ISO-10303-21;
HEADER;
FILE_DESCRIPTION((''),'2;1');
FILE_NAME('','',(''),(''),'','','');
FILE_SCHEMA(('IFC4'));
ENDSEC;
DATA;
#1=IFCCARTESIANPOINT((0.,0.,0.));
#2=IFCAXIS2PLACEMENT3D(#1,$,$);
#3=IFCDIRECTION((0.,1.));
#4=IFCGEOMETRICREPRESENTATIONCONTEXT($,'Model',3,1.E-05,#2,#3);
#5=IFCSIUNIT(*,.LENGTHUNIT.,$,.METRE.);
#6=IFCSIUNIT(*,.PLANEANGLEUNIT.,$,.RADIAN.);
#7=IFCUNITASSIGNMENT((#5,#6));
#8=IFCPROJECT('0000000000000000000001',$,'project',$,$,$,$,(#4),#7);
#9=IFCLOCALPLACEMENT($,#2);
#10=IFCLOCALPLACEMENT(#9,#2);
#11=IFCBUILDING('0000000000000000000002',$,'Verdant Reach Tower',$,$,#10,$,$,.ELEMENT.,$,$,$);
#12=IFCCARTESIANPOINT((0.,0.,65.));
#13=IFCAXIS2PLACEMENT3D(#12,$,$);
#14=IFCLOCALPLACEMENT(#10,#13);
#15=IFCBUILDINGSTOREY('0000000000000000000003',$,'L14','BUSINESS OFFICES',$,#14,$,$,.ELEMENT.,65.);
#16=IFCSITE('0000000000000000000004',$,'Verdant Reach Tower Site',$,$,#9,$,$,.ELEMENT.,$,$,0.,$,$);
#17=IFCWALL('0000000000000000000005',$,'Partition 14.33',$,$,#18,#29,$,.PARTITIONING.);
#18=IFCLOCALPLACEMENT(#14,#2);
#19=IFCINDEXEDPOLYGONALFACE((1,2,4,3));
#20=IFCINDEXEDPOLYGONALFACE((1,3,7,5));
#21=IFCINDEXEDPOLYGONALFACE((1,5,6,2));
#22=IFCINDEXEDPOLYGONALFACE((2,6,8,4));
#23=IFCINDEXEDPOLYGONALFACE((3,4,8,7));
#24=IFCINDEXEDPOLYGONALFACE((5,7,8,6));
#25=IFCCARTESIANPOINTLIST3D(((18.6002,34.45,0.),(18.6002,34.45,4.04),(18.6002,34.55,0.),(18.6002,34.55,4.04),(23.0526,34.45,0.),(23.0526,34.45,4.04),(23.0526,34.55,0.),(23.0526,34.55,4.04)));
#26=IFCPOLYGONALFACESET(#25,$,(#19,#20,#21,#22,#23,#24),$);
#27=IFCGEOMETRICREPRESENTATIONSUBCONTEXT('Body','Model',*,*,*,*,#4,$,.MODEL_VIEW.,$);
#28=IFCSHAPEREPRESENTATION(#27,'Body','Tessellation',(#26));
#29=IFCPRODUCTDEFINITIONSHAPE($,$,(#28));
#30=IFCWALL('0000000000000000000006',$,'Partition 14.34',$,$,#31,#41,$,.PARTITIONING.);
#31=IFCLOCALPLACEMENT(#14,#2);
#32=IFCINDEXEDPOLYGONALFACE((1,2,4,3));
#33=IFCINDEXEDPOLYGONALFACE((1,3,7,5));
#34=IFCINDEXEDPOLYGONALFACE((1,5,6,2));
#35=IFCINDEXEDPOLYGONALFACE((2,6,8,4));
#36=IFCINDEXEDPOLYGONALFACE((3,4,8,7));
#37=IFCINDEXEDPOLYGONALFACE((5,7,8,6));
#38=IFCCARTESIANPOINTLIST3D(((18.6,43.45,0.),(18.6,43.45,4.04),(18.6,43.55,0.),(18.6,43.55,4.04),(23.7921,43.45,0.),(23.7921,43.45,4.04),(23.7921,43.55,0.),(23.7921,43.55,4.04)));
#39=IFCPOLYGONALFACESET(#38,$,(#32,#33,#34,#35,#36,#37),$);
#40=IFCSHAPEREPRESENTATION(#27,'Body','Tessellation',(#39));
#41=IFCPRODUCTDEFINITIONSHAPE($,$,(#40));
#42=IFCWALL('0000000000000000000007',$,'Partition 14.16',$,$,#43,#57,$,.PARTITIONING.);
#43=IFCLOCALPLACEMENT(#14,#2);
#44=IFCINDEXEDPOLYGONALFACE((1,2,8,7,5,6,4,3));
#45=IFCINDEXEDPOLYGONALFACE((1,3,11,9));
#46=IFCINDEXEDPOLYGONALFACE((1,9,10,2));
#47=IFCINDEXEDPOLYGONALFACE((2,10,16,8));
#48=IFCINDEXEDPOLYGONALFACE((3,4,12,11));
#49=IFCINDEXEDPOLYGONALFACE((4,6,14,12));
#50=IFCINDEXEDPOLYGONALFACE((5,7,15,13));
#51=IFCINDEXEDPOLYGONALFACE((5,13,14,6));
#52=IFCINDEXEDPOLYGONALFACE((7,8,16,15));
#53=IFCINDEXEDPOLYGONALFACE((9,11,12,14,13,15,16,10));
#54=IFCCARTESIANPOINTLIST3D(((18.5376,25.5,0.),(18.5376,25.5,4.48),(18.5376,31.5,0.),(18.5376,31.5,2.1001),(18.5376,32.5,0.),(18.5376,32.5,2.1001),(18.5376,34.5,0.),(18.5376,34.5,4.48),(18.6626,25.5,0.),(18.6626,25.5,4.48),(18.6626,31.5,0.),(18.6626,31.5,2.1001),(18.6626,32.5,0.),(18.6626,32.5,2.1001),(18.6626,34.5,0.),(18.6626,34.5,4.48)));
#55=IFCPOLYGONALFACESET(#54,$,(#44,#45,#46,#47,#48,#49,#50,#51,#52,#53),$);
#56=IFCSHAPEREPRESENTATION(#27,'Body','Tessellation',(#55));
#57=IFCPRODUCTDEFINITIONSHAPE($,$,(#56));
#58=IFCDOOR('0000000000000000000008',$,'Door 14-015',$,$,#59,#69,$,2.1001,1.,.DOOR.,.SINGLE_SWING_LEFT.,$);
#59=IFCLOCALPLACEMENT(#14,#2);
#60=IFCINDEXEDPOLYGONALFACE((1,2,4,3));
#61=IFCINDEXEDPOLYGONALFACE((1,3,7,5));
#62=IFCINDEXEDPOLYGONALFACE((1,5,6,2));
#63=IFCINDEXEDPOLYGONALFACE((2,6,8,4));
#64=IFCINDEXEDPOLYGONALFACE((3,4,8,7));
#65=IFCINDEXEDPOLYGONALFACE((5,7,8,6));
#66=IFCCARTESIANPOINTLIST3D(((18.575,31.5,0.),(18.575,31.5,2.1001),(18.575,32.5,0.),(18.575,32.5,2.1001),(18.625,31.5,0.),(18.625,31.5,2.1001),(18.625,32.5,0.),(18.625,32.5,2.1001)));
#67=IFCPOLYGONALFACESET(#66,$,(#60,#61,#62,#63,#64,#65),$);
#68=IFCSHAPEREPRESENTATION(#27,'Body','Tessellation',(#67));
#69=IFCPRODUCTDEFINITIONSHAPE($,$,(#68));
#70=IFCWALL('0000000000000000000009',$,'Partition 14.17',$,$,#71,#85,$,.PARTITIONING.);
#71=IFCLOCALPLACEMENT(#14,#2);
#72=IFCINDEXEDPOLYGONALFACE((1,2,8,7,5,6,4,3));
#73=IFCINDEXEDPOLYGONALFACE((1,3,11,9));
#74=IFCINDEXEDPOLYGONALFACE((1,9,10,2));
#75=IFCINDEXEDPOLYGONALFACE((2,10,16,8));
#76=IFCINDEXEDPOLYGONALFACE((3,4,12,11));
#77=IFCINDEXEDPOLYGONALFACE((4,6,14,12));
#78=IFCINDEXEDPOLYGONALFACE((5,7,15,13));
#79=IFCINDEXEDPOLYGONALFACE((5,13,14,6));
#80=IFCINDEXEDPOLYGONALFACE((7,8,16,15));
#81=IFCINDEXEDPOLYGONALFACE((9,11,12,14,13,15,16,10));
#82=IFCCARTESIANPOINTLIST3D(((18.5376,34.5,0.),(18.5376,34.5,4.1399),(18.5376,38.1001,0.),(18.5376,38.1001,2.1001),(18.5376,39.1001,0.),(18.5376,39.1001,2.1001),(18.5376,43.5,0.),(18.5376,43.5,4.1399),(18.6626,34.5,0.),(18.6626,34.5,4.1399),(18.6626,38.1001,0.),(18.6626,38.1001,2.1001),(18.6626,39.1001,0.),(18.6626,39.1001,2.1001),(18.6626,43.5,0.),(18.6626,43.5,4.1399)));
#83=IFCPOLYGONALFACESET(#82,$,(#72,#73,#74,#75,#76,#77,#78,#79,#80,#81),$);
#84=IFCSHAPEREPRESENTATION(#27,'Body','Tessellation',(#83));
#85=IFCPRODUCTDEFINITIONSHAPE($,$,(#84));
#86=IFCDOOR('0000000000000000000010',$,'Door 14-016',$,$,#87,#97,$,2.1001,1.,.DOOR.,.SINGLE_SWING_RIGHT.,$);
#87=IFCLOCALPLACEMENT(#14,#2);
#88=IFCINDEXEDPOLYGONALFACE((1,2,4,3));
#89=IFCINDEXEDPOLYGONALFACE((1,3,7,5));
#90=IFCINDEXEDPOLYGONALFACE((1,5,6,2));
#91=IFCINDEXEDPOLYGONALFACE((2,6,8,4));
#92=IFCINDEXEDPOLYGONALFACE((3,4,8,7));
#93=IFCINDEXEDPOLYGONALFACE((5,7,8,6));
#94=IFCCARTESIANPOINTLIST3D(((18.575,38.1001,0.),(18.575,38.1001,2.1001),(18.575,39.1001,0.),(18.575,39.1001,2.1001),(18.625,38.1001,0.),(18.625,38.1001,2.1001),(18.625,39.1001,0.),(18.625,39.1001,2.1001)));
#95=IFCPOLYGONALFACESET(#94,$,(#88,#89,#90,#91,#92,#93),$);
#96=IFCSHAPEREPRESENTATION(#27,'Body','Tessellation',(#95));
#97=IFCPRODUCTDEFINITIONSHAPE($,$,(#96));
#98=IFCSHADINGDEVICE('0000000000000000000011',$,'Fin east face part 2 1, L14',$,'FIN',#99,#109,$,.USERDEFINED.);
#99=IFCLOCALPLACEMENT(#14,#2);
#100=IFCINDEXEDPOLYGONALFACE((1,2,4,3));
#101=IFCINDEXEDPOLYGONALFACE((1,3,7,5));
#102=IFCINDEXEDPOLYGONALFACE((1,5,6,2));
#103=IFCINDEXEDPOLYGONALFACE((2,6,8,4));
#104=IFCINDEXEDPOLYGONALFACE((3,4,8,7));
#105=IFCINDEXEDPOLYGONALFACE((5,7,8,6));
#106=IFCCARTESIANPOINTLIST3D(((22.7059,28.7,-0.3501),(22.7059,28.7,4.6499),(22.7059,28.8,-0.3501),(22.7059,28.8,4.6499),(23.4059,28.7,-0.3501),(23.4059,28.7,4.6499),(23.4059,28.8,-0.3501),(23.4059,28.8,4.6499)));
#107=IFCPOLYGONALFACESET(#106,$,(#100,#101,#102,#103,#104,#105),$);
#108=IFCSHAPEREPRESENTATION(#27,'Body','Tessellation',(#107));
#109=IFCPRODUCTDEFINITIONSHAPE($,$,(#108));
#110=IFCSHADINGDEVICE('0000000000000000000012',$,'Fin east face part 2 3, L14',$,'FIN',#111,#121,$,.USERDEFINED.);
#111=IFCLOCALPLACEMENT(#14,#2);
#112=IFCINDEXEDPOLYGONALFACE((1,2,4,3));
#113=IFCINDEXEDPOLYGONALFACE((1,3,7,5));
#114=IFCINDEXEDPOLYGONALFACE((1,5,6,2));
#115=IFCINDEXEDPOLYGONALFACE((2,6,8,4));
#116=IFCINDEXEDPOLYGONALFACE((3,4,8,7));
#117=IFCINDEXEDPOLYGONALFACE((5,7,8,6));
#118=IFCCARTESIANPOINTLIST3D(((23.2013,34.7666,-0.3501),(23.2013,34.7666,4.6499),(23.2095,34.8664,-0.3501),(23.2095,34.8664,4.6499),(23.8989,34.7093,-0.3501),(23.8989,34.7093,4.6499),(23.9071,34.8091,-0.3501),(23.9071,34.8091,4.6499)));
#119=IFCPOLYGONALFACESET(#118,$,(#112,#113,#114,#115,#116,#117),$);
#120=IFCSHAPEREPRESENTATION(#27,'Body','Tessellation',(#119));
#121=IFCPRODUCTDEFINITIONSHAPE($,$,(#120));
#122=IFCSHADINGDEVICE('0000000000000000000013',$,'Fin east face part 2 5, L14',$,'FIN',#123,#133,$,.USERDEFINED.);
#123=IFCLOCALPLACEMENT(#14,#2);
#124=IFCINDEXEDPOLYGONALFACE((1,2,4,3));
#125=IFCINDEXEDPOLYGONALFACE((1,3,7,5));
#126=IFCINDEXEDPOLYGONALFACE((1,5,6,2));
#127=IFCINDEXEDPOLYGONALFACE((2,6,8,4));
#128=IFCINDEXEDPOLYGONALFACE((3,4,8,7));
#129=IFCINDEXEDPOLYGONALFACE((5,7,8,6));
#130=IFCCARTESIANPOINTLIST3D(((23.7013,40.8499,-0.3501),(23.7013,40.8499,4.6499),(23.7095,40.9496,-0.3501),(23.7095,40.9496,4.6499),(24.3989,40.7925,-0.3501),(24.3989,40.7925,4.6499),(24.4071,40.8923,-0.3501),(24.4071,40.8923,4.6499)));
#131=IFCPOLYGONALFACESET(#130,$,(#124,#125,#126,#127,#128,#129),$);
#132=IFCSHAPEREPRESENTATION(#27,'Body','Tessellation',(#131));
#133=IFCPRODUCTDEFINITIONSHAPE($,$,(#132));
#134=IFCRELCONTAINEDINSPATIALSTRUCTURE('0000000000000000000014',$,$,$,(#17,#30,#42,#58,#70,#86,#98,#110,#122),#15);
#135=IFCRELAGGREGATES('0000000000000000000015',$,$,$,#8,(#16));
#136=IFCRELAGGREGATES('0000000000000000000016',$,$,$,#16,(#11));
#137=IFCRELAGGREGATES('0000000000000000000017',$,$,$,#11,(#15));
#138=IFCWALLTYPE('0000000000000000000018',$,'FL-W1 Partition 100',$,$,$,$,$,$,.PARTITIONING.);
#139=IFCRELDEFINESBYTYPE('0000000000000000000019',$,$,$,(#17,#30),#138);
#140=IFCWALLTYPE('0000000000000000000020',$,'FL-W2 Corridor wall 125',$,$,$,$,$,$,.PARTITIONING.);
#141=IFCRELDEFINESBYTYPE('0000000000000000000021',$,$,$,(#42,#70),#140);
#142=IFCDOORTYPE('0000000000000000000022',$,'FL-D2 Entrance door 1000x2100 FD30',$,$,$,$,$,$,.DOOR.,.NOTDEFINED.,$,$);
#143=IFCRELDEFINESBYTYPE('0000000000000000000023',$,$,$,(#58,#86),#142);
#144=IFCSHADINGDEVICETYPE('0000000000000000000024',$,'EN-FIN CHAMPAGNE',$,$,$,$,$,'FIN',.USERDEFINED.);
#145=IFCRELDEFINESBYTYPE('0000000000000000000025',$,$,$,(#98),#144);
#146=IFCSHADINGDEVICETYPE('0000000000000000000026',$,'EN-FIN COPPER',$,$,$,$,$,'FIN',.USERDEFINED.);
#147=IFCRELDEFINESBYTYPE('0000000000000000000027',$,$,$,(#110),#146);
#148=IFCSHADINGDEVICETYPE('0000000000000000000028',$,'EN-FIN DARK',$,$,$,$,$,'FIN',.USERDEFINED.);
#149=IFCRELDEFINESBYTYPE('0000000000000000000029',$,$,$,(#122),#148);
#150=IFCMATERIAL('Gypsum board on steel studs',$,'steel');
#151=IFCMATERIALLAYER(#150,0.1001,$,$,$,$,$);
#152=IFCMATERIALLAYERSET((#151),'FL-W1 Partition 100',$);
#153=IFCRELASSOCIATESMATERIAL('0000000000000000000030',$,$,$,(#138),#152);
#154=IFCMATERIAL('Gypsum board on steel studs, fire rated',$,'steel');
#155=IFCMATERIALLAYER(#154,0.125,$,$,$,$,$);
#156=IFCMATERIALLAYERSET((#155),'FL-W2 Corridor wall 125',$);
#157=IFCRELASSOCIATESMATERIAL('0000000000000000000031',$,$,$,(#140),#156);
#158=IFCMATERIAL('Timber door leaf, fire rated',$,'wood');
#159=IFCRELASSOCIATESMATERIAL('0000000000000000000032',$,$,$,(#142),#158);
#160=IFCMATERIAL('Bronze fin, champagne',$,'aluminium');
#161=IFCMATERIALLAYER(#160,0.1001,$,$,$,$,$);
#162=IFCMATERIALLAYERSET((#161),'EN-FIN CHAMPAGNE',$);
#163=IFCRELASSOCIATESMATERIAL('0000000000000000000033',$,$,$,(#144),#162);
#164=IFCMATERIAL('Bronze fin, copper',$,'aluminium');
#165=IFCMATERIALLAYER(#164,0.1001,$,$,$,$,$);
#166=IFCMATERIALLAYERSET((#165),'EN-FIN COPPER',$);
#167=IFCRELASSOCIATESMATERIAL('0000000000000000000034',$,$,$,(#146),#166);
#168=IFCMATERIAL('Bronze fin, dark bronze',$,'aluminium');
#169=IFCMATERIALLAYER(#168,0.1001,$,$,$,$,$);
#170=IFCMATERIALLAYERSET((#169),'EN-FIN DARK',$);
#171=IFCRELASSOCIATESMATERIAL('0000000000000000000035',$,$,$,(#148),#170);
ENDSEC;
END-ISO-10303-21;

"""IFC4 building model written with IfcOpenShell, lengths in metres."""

from ifc_helpers import new_model, si_unit, direction, frame, frame_2d, origin, origin_2d, place, context, subcontext, project, spatial, rectangle, extrude, material, layer, layer_set, type_object, element, fill, save


model = new_model("IFC4")

# Units and contexts
model_context = context("Model", 3, precision=1e-05, world=origin(), true_north=direction((0.0, 1.0)))
body_context = subcontext(model_context, "Body", "Model", "MODEL_VIEW")
ifc_project = project(units=[si_unit("LENGTHUNIT", "METRE"), si_unit("PLANEANGLEUNIT", "RADIAN")], contexts=[model_context])

# Site, building, storey
site_placement = place(None, origin())
site = spatial("IfcSite", under=ifc_project, at=site_placement, Name="Verdant Reach Tower Site", CompositionType="ELEMENT", RefElevation=0.0)
building_placement = place(site_placement, origin())
building = spatial("IfcBuilding", under=site, at=building_placement, Name="Verdant Reach Tower", CompositionType="ELEMENT")
storey_placement = place(building_placement, frame((0.0, 0.0, 65.0)))
storey = spatial("IfcBuildingStorey", under=building, at=storey_placement, Name="L14", Description="BUSINESS OFFICES", CompositionType="ELEMENT", Elevation=65.0)

# Walls
ifc_material_1 = material(Name="Gypsum board on steel studs", Category="steel")
ifc_layer_1 = layer(ifc_material_1, 0.1001)
ifc_layer_set_1 = layer_set([ifc_layer_1], Name="FL-W1 Partition 100")
wall_type_1 = type_object("IfcWallType", Name="FL-W1 Partition 100", PredefinedType="PARTITIONING", material=ifc_layer_set_1)
wall_1_placement = place(storey_placement, frame((23.0525, 34.5, 0.0), z_axis=(0.0, 0.0, 1.0), x_axis=(-1.0, 0.0, 0.0)))
element("IfcWall", 1, at=wall_1_placement, inside=storey, type_object=wall_type_1, Name="Partition 14.33", PredefinedType="PARTITIONING", context=body_context, shape_type="SweptSolid", body=[
    extrude(rectangle(XDim=4.4524, YDim=0.1001, at=frame_2d((2.2261, 0.0))), origin(), (0.0, 0.0, 1.0), 4.04),
])
wall_2_placement = place(storey_placement, frame((23.7922, 43.5, 0.0), z_axis=(0.0, 0.0, 1.0), x_axis=(-1.0, 0.0, 0.0)))
element("IfcWall", 2, at=wall_2_placement, inside=storey, type_object=wall_type_1, Name="Partition 14.34", PredefinedType="PARTITIONING", context=body_context, shape_type="SweptSolid", body=[
    extrude(rectangle(XDim=5.1921, YDim=0.1001, at=frame_2d((2.5962, 0.0))), origin(), (0.0, 0.0, 1.0), 4.04),
])

# Walls, openings, doors
ifc_material_2 = material(Name="Gypsum board on steel studs, fire rated", Category="steel")
ifc_layer_2 = layer(ifc_material_2, 0.125)
ifc_layer_set_2 = layer_set([ifc_layer_2], Name="FL-W2 Corridor wall 125")
wall_type_2 = type_object("IfcWallType", Name="FL-W2 Corridor wall 125", PredefinedType="PARTITIONING", material=ifc_layer_set_2)
wall_3_placement = place(storey_placement, frame((18.6001, 34.5, 0.0), z_axis=(0.0, 0.0, 1.0), x_axis=(0.0, -1.0, 0.0)))
wall_3 = element("IfcWall", 3, at=wall_3_placement, inside=storey, type_object=wall_type_2, Name="Partition 14.16", PredefinedType="PARTITIONING", context=body_context, shape_type="SweptSolid", body=[
    extrude(rectangle(XDim=9.0, YDim=0.125, at=frame_2d((4.5, 0.0))), origin(), (0.0, 0.0, 1.0), 4.48),
])
opening_1_placement = place(wall_3_placement, frame((2.0, 0.0, 0.0)))
opening_1 = element("IfcOpeningElement", 4, at=opening_1_placement, cuts=wall_3, PredefinedType="OPENING", context=body_context, shape_type="SweptSolid", body=[
    extrude(rectangle(XDim=1.0, YDim=2.1001, at=frame_2d((0.5, 1.05))), frame((0.0, 0.0725, 0.0), z_axis=(0.0, -1.0, 0.0), x_axis=(1.0, 0.0, 0.0)), (0.0, 0.0, 1.0), 0.145),
])
ifc_material_3 = material(Name="Timber door leaf, fire rated", Category="wood")
door_type = type_object("IfcDoorType", Name="FL-D2 Entrance door 1000x2100 FD30", OperationType="NOTDEFINED", PredefinedType="DOOR", material=ifc_material_3)
door_1_placement = place(opening_1_placement, origin())
door_1 = element("IfcDoor", 5, at=door_1_placement, inside=storey, type_object=door_type, Name="Door 14-015", OperationType="SINGLE_SWING_LEFT", OverallHeight=2.1001, OverallWidth=1.0, PredefinedType="DOOR", context=body_context, shape_type="SweptSolid", body=[
    extrude(rectangle(XDim=1.0, YDim=2.1001, at=frame_2d((0.5, 1.05))), frame((0.0, 0.0249, 0.0), z_axis=(0.0, -1.0, 0.0), x_axis=(1.0, 0.0, 0.0)), (0.0, 0.0, 1.0), 0.05),
])
fill(opening_1, door_1)
wall_4_placement = place(storey_placement, frame((18.6001, 43.5, 0.0), z_axis=(0.0, 0.0, 1.0), x_axis=(0.0, -1.0, 0.0)))
wall_4 = element("IfcWall", 6, at=wall_4_placement, inside=storey, type_object=wall_type_2, Name="Partition 14.17", PredefinedType="PARTITIONING", context=body_context, shape_type="SweptSolid", body=[
    extrude(rectangle(XDim=9.0, YDim=0.125, at=frame_2d((4.5, 0.0))), origin(), (0.0, 0.0, 1.0), 4.1399),
])
opening_2_placement = place(wall_4_placement, frame((4.3999, 0.0, 0.0)))
opening_2 = element("IfcOpeningElement", 7, at=opening_2_placement, cuts=wall_4, PredefinedType="OPENING", context=body_context, shape_type="SweptSolid", body=[
    extrude(rectangle(XDim=1.0, YDim=2.1001, at=frame_2d((0.5, 1.05))), frame((0.0, 0.0725, 0.0), z_axis=(0.0, -1.0, 0.0), x_axis=(1.0, 0.0, 0.0)), (0.0, 0.0, 1.0), 0.145),
])
door_2_placement = place(opening_2_placement, origin())
door_2 = element("IfcDoor", 8, at=door_2_placement, inside=storey, type_object=door_type, Name="Door 14-016", OperationType="SINGLE_SWING_RIGHT", OverallHeight=2.1001, OverallWidth=1.0, PredefinedType="DOOR", context=body_context, shape_type="SweptSolid", body=[
    extrude(rectangle(XDim=1.0, YDim=2.1001, at=frame_2d((0.5, 1.05))), frame((0.0, 0.0249, 0.0), z_axis=(0.0, -1.0, 0.0), x_axis=(1.0, 0.0, 0.0)), (0.0, 0.0, 1.0), 0.05),
])
fill(opening_2, door_2)

# Shading devices
ifc_material_4 = material(Name="Bronze fin, champagne", Category="aluminium")
ifc_layer_3 = layer(ifc_material_4, 0.1001)
ifc_layer_set_3 = layer_set([ifc_layer_3], Name="EN-FIN CHAMPAGNE")
shading_device_type_1 = type_object("IfcShadingDeviceType", Name="EN-FIN CHAMPAGNE", ElementType="FIN", PredefinedType="USERDEFINED", material=ifc_layer_set_3)
shading_device_1_placement = place(storey_placement, frame((23.0559, 28.75, -0.3501), z_axis=(0.0, 0.0, 1.0), x_axis=(0.0, 1.0, 0.0)))
element("IfcShadingDevice", 9, at=shading_device_1_placement, inside=storey, type_object=shading_device_type_1, Name="Fin east face part 2 1, L14", ObjectType="FIN", PredefinedType="USERDEFINED", context=body_context, shape_type="SweptSolid", body=[
    extrude(rectangle(XDim=0.1001, YDim=0.7, at=origin_2d()), origin(), (0.0, 0.0, 1.0), 5.0),
])
ifc_material_5 = material(Name="Bronze fin, copper", Category="aluminium")
ifc_layer_4 = layer(ifc_material_5, 0.1001)
ifc_layer_set_4 = layer_set([ifc_layer_4], Name="EN-FIN COPPER")
shading_device_type_2 = type_object("IfcShadingDeviceType", Name="EN-FIN COPPER", ElementType="FIN", PredefinedType="USERDEFINED", material=ifc_layer_set_4)
shading_device_2_placement = place(storey_placement, frame((23.5542, 34.7878, -0.3501), z_axis=(0.0, 0.0, 1.0), x_axis=(0.081916, 0.996639, 0.0)))
element("IfcShadingDevice", 10, at=shading_device_2_placement, inside=storey, type_object=shading_device_type_2, Name="Fin east face part 2 3, L14", ObjectType="FIN", PredefinedType="USERDEFINED", context=body_context, shape_type="SweptSolid", body=[
    extrude(rectangle(XDim=0.1001, YDim=0.7, at=origin_2d()), origin(), (0.0, 0.0, 1.0), 5.0),
])
ifc_material_6 = material(Name="Bronze fin, dark bronze", Category="aluminium")
ifc_layer_5 = layer(ifc_material_6, 0.1001)
ifc_layer_set_5 = layer_set([ifc_layer_5], Name="EN-FIN DARK")
shading_device_type_3 = type_object("IfcShadingDeviceType", Name="EN-FIN DARK", ElementType="FIN", PredefinedType="USERDEFINED", material=ifc_layer_set_5)
shading_device_3_placement = place(storey_placement, frame((24.0542, 40.8711, -0.3501), z_axis=(0.0, 0.0, 1.0), x_axis=(0.081916, 0.996639, 0.0)))
element("IfcShadingDevice", 11, at=shading_device_3_placement, inside=storey, type_object=shading_device_type_3, Name="Fin east face part 2 5, L14", ObjectType="FIN", PredefinedType="USERDEFINED", context=body_context, shape_type="SweptSolid", body=[
    extrude(rectangle(XDim=0.1001, YDim=0.7, at=origin_2d()), origin(), (0.0, 0.0, 1.0), 5.0),
])

save(model, "model.ifc")
